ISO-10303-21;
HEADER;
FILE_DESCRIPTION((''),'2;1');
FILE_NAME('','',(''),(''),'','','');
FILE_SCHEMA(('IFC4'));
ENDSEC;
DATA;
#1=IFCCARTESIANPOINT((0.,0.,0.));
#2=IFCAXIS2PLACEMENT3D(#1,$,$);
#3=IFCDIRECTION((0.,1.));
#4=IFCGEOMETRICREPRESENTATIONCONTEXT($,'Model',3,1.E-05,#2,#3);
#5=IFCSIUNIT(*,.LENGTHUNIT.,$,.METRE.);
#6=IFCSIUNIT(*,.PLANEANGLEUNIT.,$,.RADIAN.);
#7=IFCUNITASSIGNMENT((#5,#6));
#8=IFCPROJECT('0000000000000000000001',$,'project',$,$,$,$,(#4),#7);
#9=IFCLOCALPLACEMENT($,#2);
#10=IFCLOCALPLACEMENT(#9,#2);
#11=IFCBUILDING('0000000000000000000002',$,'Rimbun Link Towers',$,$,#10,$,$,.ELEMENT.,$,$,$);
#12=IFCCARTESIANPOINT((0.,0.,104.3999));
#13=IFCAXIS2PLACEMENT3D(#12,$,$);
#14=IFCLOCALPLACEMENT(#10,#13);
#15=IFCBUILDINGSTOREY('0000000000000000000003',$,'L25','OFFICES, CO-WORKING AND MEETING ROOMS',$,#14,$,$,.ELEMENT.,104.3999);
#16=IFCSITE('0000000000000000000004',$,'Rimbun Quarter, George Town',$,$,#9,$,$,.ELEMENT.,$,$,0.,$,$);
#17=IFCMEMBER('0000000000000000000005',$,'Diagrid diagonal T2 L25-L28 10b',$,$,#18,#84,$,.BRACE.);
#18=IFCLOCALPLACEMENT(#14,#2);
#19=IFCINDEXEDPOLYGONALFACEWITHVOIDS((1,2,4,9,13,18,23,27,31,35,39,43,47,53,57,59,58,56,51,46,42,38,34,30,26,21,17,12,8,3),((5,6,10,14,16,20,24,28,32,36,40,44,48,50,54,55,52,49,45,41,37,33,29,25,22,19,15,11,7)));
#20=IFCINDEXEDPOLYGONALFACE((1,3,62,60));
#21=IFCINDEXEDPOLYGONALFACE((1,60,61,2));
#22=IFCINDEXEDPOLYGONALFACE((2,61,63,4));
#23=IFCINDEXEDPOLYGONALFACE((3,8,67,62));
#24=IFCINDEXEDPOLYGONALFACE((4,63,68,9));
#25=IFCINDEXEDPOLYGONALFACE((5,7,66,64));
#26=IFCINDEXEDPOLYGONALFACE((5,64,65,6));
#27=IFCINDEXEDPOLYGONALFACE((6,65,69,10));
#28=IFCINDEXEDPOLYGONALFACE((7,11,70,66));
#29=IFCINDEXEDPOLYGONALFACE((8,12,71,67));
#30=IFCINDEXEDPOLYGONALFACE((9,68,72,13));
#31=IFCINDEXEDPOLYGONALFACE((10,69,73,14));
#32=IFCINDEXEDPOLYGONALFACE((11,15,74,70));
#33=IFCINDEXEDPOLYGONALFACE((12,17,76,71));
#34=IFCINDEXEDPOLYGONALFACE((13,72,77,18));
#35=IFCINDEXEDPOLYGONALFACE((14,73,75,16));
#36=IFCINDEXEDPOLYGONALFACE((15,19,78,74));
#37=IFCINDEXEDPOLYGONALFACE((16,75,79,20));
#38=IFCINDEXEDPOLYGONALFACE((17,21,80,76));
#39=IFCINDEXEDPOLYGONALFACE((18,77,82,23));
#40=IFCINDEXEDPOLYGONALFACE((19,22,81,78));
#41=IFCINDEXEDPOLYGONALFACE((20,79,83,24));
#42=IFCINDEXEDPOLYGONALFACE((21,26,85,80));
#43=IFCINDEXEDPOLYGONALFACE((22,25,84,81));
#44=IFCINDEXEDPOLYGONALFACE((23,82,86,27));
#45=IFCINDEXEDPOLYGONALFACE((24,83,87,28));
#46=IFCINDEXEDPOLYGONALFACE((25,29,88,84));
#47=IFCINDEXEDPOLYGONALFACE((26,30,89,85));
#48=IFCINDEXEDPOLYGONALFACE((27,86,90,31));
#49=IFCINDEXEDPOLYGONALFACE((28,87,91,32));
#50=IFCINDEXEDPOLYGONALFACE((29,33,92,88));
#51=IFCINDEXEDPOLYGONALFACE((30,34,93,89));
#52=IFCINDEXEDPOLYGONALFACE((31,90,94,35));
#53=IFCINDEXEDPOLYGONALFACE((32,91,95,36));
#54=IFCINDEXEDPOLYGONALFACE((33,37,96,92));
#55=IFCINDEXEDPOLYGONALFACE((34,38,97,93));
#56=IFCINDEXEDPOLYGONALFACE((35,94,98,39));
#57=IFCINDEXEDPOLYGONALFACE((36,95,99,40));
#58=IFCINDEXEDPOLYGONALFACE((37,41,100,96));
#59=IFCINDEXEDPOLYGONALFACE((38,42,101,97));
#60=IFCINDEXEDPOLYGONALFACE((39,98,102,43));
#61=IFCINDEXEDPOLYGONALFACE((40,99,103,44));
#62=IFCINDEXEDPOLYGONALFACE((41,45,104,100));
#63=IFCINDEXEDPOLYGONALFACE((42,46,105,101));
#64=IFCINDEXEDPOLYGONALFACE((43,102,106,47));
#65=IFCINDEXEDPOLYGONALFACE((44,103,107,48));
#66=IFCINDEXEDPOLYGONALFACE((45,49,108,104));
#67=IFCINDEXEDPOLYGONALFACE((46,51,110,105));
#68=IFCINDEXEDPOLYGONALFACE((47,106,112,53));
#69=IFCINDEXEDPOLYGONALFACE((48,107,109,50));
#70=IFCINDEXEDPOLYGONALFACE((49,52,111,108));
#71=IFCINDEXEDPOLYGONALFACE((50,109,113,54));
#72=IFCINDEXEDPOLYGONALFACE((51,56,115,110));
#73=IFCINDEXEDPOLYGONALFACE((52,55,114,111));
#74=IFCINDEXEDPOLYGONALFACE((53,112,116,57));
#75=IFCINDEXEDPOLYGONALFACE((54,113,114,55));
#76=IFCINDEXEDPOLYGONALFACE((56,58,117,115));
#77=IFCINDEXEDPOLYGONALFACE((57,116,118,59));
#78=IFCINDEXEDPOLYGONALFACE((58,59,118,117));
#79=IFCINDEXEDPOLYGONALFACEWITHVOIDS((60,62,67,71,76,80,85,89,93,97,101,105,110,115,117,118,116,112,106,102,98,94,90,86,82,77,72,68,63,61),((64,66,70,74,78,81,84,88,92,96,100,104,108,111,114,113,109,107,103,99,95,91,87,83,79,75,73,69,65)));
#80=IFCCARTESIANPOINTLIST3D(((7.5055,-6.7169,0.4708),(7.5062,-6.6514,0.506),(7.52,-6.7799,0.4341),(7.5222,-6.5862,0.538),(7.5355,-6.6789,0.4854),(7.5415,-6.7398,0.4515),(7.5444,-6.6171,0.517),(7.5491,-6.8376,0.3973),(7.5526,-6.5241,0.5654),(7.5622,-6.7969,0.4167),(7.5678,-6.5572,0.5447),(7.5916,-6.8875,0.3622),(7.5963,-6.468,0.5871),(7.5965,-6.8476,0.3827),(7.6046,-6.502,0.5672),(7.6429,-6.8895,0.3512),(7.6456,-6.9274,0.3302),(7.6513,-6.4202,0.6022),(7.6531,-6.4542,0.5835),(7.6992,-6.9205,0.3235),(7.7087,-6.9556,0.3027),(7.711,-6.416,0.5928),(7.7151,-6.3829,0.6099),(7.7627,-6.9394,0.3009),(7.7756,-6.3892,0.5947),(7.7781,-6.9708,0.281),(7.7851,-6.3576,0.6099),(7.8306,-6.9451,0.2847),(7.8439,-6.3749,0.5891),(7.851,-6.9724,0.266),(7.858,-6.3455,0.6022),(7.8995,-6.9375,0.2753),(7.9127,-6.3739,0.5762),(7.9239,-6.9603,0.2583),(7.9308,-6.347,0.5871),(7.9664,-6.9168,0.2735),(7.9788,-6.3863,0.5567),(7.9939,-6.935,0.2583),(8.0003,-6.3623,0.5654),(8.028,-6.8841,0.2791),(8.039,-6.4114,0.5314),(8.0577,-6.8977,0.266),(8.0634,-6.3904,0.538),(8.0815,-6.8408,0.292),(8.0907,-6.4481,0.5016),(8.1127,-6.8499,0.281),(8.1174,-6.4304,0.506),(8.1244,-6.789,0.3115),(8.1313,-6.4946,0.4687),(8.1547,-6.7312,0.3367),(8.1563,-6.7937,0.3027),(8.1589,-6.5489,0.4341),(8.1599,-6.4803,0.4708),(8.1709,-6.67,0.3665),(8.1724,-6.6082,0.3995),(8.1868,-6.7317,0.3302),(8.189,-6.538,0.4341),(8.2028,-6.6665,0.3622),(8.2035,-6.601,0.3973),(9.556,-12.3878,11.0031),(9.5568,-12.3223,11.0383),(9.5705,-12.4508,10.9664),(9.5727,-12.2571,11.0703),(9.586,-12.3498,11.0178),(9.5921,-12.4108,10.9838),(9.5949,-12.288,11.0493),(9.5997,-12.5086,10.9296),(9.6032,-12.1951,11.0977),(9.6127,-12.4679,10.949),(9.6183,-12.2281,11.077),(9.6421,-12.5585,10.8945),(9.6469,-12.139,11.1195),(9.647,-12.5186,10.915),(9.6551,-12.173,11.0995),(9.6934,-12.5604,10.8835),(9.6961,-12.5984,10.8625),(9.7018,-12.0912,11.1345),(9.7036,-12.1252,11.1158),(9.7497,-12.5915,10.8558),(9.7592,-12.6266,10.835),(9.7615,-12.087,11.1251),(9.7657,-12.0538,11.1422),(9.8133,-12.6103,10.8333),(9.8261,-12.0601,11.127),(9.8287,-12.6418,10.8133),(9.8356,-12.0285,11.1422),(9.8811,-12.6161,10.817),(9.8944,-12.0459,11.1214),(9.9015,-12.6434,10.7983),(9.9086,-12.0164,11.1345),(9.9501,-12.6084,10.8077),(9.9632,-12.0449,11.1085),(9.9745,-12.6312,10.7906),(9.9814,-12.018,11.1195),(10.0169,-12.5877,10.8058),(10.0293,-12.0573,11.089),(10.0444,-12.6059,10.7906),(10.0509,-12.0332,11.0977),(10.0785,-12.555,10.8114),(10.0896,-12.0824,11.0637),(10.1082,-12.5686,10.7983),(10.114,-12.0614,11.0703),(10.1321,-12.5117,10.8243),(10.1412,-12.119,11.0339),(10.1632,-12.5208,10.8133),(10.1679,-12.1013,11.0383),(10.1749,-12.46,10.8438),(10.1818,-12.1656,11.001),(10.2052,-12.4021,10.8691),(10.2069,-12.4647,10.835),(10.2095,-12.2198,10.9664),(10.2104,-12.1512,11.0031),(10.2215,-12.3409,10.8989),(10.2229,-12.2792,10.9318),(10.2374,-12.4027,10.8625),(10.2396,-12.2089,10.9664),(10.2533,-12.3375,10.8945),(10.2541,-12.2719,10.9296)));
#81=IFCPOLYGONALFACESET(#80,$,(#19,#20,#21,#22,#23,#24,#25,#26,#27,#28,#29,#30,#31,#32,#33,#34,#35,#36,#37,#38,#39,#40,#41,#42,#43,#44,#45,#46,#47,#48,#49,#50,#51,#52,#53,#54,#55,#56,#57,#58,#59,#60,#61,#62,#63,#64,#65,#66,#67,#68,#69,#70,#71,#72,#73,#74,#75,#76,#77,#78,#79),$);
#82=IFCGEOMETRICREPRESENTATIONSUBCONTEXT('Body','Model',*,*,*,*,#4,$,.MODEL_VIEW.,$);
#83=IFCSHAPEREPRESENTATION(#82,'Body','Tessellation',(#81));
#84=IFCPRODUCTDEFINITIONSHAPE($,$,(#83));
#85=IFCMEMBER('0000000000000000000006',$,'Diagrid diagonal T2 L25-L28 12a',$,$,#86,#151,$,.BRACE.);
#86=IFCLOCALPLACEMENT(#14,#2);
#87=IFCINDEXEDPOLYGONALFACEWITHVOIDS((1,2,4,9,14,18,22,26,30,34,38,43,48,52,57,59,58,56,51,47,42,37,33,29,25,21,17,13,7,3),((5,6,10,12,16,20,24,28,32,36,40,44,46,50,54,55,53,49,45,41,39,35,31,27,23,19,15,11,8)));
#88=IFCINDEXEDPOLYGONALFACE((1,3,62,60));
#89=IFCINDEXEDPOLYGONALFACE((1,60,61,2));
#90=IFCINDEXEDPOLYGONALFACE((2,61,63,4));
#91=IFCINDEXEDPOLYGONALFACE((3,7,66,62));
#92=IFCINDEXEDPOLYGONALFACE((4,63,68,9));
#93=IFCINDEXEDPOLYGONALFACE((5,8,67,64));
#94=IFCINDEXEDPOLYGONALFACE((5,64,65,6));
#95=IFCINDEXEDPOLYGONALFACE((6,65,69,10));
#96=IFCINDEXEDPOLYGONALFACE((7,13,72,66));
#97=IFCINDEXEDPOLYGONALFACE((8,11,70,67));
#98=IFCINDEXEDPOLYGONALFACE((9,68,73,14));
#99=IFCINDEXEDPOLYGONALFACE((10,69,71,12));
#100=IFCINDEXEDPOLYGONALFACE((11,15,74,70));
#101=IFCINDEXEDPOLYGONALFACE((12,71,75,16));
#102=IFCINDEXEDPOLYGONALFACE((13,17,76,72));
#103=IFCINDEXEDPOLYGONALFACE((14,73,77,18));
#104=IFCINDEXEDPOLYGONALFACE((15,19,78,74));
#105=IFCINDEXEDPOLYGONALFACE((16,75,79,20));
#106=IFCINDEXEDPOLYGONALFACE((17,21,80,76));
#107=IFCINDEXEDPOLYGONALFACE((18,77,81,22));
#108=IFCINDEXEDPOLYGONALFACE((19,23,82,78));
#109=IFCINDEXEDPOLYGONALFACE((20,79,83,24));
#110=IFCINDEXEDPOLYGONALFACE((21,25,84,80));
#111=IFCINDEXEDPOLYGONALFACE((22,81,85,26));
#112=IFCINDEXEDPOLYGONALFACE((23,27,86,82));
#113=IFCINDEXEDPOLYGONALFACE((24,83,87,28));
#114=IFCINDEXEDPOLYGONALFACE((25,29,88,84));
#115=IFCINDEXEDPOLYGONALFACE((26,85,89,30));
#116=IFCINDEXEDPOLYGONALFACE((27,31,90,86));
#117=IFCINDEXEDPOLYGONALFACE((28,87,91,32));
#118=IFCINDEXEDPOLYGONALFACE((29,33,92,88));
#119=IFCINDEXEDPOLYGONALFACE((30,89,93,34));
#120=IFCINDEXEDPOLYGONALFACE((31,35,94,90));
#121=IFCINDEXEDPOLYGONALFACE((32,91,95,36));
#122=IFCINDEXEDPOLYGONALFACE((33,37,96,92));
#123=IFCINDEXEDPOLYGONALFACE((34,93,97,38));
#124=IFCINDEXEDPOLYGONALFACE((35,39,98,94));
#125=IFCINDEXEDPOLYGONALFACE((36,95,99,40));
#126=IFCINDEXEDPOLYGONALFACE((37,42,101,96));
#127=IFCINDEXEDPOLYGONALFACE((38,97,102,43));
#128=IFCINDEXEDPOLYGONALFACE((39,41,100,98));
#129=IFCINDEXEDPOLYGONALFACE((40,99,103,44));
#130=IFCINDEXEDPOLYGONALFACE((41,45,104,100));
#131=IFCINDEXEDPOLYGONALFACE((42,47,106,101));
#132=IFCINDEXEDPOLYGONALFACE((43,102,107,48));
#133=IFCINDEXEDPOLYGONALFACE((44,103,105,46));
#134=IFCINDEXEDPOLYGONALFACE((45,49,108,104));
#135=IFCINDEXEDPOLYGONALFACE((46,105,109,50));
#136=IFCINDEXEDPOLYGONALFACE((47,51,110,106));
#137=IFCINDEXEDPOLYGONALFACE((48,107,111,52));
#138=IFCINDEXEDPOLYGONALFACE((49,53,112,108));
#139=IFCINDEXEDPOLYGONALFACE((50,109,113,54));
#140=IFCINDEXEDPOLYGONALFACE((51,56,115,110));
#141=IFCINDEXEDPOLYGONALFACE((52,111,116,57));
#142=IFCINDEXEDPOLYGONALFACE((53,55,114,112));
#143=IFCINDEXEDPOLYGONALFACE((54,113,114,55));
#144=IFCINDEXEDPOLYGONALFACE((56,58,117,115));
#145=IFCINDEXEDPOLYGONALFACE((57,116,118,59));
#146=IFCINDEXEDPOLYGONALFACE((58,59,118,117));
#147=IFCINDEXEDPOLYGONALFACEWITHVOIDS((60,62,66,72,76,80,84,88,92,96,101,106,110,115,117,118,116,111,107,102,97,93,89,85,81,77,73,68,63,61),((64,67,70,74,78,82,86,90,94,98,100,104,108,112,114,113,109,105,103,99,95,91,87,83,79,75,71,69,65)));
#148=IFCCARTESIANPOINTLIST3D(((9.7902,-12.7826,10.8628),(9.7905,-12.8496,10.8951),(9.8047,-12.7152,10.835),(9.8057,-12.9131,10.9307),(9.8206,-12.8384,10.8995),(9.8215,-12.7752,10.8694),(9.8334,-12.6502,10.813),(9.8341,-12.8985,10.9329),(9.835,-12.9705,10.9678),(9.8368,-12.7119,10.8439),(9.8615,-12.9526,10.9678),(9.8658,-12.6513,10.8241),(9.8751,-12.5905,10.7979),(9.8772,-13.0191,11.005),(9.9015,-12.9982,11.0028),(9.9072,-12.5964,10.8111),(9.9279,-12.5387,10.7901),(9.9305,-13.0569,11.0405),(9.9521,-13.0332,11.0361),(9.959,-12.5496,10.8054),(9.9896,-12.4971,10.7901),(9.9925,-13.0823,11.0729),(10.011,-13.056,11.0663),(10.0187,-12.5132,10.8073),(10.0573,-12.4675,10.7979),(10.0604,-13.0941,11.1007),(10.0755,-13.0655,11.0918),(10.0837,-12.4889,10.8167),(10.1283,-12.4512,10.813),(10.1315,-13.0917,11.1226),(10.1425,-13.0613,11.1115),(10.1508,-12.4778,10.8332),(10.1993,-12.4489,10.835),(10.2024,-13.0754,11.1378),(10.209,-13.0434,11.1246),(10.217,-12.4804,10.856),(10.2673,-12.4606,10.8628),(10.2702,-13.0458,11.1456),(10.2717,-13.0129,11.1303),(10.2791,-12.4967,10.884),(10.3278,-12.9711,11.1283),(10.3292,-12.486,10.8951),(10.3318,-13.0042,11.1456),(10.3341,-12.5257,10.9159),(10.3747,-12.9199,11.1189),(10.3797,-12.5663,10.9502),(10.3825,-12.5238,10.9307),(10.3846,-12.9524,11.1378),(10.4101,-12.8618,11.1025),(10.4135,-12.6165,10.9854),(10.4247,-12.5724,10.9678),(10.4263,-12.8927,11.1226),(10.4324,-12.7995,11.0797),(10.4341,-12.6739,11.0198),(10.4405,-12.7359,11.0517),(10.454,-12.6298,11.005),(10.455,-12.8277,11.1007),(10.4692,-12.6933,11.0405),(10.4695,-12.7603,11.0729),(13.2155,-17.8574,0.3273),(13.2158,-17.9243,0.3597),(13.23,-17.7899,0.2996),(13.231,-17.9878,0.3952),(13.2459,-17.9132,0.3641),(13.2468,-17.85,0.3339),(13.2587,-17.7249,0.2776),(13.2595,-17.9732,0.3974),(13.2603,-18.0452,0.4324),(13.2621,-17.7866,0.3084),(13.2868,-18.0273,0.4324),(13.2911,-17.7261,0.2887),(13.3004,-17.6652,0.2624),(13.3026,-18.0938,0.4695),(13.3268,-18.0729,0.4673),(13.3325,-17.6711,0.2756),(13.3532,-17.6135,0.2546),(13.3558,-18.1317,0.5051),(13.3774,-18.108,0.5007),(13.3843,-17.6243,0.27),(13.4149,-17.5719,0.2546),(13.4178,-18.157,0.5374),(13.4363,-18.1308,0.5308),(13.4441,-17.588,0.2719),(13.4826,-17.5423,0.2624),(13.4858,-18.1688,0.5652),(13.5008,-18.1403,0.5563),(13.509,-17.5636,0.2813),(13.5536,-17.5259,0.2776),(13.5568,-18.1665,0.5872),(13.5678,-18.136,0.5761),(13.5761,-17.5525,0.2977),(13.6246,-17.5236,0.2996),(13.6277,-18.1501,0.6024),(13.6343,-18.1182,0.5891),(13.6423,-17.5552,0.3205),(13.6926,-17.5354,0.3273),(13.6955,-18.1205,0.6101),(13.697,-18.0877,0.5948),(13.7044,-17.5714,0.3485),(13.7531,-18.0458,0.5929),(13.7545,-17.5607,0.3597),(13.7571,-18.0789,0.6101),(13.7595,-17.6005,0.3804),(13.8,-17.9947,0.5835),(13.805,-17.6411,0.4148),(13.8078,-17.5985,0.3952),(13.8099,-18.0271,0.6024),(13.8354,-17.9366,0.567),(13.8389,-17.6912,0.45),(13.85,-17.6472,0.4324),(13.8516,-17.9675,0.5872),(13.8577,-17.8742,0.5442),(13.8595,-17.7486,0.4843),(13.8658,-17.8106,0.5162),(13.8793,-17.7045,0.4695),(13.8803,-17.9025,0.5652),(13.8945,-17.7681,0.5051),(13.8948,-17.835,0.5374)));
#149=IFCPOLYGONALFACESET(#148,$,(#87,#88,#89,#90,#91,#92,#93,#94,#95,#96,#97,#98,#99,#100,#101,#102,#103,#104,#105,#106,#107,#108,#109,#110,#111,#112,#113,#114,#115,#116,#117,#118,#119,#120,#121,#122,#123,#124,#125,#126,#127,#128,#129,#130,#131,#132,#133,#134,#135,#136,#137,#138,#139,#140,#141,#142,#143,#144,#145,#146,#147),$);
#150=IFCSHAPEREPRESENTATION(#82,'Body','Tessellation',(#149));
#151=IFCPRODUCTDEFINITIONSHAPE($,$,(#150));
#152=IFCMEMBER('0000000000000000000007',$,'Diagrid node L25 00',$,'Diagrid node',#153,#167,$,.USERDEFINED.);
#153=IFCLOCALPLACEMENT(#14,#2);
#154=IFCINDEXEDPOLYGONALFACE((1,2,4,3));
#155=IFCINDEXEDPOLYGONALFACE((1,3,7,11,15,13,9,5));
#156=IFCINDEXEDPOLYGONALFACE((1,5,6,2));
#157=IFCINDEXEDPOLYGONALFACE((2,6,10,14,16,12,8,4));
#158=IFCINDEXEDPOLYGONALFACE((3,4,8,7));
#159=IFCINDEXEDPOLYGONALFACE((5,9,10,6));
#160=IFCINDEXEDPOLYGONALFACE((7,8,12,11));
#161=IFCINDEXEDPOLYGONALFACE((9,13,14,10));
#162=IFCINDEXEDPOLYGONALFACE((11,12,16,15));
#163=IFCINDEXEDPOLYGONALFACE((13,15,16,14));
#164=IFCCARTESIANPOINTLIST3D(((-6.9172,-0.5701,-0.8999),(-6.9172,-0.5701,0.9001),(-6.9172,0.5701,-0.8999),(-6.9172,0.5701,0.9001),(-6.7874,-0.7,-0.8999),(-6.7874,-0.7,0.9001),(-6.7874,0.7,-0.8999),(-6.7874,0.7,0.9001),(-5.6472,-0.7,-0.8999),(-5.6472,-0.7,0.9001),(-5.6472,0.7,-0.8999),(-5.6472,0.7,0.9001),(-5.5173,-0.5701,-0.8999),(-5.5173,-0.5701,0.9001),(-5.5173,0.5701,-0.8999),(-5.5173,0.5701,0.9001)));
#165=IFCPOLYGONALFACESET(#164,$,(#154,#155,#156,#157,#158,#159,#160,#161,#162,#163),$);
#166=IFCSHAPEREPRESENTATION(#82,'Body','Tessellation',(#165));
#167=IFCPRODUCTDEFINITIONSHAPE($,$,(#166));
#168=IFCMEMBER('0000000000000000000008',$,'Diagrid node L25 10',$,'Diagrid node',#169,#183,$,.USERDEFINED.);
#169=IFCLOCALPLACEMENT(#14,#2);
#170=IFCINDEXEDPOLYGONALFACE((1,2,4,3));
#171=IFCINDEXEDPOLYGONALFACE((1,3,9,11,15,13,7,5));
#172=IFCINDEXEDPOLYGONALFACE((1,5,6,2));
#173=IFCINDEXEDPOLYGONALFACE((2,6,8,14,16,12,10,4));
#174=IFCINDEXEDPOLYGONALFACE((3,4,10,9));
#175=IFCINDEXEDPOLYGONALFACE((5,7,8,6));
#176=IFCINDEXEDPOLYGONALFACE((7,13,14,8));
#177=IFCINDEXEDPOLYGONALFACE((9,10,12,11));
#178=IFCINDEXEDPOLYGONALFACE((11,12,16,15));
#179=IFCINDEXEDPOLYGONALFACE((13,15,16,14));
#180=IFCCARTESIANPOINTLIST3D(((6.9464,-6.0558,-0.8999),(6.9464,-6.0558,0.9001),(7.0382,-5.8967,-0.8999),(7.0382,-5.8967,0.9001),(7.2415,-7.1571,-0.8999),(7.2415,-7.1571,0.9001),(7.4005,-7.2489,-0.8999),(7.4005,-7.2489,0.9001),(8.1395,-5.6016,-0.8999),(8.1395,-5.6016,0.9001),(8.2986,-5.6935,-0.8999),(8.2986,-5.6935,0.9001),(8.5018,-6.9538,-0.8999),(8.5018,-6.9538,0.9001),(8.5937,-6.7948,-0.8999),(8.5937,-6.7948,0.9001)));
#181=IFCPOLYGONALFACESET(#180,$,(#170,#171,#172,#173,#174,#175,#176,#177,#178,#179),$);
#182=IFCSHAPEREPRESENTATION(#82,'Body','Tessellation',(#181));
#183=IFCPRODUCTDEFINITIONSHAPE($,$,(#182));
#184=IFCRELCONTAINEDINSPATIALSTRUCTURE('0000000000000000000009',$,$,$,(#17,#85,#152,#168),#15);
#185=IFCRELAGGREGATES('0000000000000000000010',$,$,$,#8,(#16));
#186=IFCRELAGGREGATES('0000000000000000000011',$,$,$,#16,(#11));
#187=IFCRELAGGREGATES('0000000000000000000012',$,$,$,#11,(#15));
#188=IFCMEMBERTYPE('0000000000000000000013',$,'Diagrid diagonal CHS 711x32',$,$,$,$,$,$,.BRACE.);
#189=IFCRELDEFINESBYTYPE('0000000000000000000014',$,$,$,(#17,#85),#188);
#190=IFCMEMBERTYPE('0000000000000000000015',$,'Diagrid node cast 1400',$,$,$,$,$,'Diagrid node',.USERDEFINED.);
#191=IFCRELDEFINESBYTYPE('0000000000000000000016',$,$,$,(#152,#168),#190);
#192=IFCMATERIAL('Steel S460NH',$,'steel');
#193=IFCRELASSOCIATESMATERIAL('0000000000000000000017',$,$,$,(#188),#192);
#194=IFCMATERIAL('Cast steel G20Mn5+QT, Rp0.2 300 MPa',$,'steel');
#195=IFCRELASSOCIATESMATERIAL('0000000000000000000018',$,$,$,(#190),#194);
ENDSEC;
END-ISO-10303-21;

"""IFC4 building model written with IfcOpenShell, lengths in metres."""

from ifc_helpers import new_model, si_unit, direction, frame, origin, origin_2d, place, context, subcontext, project, spatial, polyline, hollow_circle, outline, extrude, material, material_profile, profile_set, type_object, element, save


model = new_model("IFC4")

# Units and contexts
model_context = context("Model", 3, precision=1e-05, world=origin(), true_north=direction((0.0, 1.0)))
body_context = subcontext(model_context, "Body", "Model", "MODEL_VIEW")
ifc_project = project(units=[si_unit("LENGTHUNIT", "METRE"), si_unit("PLANEANGLEUNIT", "RADIAN")], contexts=[model_context])

# Site, building, storey
site_placement = place(None, origin())
site = spatial("IfcSite", under=ifc_project, at=site_placement, Name="Rimbun Quarter, George Town", CompositionType="ELEMENT", RefElevation=0.0)
building_placement = place(site_placement, origin())
building = spatial("IfcBuilding", under=site, at=building_placement, Name="Rimbun Link Towers", CompositionType="ELEMENT")
storey_placement = place(building_placement, frame((0.0, 0.0, 104.3999)))
storey = spatial("IfcBuildingStorey", under=building, at=storey_placement, Name="L25", Description="OFFICES, CO-WORKING AND MEETING ROOMS", CompositionType="ELEMENT", Elevation=104.3999)

# Members
ifc_material_1 = material(Name="Steel S460NH", Category="steel")
ifc_material_profile_1 = material_profile(ifc_material_1, hollow_circle(Radius=0.3557, WallThickness=0.032, at=origin_2d()), Name="Diagrid diagonal CHS 711x32")
ifc_profile_set_1 = profile_set([ifc_material_profile_1], Name="Steel S460NH")
member_type_1 = type_object("IfcMemberType", Name="Diagrid diagonal CHS 711x32", PredefinedType="BRACE", material=ifc_profile_set_1)
member_1_placement = place(storey_placement, frame((7.8545, -6.6589, 0.4341), z_axis=(0.168958, -0.467265, 0.867823), x_axis=(0.94041, 0.340042, 0.0)))
element("IfcMember", 1, at=member_1_placement, inside=storey, type_object=member_type_1, Name="Diagrid diagonal T2 L25-L28 10b", PredefinedType="BRACE", context=body_context, shape_type="SweptSolid", body=[
    extrude(hollow_circle(Radius=0.3557, WallThickness=0.032, at=origin_2d()), origin(), (0.0, 0.0, 1.0), 12.1365),
])
member_2_placement = place(storey_placement, frame((13.5552, -17.8462, 0.4324), z_axis=(-0.281102, 0.416464, 0.864604), x_axis=(-0.828859, -0.559458, 0.0)))
element("IfcMember", 2, at=member_2_placement, inside=storey, type_object=member_type_1, Name="Diagrid diagonal T2 L25-L28 12a", PredefinedType="BRACE", context=body_context, shape_type="SweptSolid", body=[
    extrude(hollow_circle(Radius=0.3557, WallThickness=0.032, at=origin_2d()), origin(), (0.0, 0.0, 1.0), 12.1853),
])
ifc_material_2 = material(Name="Cast steel G20Mn5+QT, Rp0.2 300 MPa", Category="steel")
ifc_material_profile_2 = material_profile(ifc_material_2, outline(polyline([(0.7, -0.5701), (0.7, 0.5701), (0.5701, 0.7), (-0.5701, 0.7), (-0.7, 0.5701), (-0.7, -0.5701), (-0.5701, -0.7), (0.5701, -0.7), (0.7, -0.5701)])), Name="NODE 1400x1400")
ifc_profile_set_2 = profile_set([ifc_material_profile_2], Name="Cast steel G20Mn5+QT, Rp0.2 300 MPa")
member_type_2 = type_object("IfcMemberType", Name="Diagrid node cast 1400", ElementType="Diagrid node", PredefinedType="USERDEFINED", material=ifc_profile_set_2)
for number, where, z_axis, x_axis, name in (
    (3, (-6.2173, 0.0, -0.8999), (0.0, 0.0, 1.0), (1.0, 0.0, 0.0), "Diagrid node L25 00"),
    (4, (7.77, -6.4253, -0.8999), (0.0, 0.0, 1.0), (-0.965926, -0.258819, 0.0), "Diagrid node L25 10"),
):
    element("IfcMember", number, at=place(storey_placement, frame(where, z_axis=z_axis, x_axis=x_axis)), inside=storey, type_object=member_type_2, Name=name, ObjectType="Diagrid node", PredefinedType="USERDEFINED", context=body_context, shape_type="SweptSolid", body=[
        extrude(outline(polyline([(0.7, -0.5701), (0.7, 0.5701), (0.5701, 0.7), (-0.5701, 0.7), (-0.7, 0.5701), (-0.7, -0.5701), (-0.5701, -0.7), (0.5701, -0.7), (0.7, -0.5701)])), origin(), (0.0, 0.0, 1.0), 1.8),
    ])

save(model, "model.ifc")
